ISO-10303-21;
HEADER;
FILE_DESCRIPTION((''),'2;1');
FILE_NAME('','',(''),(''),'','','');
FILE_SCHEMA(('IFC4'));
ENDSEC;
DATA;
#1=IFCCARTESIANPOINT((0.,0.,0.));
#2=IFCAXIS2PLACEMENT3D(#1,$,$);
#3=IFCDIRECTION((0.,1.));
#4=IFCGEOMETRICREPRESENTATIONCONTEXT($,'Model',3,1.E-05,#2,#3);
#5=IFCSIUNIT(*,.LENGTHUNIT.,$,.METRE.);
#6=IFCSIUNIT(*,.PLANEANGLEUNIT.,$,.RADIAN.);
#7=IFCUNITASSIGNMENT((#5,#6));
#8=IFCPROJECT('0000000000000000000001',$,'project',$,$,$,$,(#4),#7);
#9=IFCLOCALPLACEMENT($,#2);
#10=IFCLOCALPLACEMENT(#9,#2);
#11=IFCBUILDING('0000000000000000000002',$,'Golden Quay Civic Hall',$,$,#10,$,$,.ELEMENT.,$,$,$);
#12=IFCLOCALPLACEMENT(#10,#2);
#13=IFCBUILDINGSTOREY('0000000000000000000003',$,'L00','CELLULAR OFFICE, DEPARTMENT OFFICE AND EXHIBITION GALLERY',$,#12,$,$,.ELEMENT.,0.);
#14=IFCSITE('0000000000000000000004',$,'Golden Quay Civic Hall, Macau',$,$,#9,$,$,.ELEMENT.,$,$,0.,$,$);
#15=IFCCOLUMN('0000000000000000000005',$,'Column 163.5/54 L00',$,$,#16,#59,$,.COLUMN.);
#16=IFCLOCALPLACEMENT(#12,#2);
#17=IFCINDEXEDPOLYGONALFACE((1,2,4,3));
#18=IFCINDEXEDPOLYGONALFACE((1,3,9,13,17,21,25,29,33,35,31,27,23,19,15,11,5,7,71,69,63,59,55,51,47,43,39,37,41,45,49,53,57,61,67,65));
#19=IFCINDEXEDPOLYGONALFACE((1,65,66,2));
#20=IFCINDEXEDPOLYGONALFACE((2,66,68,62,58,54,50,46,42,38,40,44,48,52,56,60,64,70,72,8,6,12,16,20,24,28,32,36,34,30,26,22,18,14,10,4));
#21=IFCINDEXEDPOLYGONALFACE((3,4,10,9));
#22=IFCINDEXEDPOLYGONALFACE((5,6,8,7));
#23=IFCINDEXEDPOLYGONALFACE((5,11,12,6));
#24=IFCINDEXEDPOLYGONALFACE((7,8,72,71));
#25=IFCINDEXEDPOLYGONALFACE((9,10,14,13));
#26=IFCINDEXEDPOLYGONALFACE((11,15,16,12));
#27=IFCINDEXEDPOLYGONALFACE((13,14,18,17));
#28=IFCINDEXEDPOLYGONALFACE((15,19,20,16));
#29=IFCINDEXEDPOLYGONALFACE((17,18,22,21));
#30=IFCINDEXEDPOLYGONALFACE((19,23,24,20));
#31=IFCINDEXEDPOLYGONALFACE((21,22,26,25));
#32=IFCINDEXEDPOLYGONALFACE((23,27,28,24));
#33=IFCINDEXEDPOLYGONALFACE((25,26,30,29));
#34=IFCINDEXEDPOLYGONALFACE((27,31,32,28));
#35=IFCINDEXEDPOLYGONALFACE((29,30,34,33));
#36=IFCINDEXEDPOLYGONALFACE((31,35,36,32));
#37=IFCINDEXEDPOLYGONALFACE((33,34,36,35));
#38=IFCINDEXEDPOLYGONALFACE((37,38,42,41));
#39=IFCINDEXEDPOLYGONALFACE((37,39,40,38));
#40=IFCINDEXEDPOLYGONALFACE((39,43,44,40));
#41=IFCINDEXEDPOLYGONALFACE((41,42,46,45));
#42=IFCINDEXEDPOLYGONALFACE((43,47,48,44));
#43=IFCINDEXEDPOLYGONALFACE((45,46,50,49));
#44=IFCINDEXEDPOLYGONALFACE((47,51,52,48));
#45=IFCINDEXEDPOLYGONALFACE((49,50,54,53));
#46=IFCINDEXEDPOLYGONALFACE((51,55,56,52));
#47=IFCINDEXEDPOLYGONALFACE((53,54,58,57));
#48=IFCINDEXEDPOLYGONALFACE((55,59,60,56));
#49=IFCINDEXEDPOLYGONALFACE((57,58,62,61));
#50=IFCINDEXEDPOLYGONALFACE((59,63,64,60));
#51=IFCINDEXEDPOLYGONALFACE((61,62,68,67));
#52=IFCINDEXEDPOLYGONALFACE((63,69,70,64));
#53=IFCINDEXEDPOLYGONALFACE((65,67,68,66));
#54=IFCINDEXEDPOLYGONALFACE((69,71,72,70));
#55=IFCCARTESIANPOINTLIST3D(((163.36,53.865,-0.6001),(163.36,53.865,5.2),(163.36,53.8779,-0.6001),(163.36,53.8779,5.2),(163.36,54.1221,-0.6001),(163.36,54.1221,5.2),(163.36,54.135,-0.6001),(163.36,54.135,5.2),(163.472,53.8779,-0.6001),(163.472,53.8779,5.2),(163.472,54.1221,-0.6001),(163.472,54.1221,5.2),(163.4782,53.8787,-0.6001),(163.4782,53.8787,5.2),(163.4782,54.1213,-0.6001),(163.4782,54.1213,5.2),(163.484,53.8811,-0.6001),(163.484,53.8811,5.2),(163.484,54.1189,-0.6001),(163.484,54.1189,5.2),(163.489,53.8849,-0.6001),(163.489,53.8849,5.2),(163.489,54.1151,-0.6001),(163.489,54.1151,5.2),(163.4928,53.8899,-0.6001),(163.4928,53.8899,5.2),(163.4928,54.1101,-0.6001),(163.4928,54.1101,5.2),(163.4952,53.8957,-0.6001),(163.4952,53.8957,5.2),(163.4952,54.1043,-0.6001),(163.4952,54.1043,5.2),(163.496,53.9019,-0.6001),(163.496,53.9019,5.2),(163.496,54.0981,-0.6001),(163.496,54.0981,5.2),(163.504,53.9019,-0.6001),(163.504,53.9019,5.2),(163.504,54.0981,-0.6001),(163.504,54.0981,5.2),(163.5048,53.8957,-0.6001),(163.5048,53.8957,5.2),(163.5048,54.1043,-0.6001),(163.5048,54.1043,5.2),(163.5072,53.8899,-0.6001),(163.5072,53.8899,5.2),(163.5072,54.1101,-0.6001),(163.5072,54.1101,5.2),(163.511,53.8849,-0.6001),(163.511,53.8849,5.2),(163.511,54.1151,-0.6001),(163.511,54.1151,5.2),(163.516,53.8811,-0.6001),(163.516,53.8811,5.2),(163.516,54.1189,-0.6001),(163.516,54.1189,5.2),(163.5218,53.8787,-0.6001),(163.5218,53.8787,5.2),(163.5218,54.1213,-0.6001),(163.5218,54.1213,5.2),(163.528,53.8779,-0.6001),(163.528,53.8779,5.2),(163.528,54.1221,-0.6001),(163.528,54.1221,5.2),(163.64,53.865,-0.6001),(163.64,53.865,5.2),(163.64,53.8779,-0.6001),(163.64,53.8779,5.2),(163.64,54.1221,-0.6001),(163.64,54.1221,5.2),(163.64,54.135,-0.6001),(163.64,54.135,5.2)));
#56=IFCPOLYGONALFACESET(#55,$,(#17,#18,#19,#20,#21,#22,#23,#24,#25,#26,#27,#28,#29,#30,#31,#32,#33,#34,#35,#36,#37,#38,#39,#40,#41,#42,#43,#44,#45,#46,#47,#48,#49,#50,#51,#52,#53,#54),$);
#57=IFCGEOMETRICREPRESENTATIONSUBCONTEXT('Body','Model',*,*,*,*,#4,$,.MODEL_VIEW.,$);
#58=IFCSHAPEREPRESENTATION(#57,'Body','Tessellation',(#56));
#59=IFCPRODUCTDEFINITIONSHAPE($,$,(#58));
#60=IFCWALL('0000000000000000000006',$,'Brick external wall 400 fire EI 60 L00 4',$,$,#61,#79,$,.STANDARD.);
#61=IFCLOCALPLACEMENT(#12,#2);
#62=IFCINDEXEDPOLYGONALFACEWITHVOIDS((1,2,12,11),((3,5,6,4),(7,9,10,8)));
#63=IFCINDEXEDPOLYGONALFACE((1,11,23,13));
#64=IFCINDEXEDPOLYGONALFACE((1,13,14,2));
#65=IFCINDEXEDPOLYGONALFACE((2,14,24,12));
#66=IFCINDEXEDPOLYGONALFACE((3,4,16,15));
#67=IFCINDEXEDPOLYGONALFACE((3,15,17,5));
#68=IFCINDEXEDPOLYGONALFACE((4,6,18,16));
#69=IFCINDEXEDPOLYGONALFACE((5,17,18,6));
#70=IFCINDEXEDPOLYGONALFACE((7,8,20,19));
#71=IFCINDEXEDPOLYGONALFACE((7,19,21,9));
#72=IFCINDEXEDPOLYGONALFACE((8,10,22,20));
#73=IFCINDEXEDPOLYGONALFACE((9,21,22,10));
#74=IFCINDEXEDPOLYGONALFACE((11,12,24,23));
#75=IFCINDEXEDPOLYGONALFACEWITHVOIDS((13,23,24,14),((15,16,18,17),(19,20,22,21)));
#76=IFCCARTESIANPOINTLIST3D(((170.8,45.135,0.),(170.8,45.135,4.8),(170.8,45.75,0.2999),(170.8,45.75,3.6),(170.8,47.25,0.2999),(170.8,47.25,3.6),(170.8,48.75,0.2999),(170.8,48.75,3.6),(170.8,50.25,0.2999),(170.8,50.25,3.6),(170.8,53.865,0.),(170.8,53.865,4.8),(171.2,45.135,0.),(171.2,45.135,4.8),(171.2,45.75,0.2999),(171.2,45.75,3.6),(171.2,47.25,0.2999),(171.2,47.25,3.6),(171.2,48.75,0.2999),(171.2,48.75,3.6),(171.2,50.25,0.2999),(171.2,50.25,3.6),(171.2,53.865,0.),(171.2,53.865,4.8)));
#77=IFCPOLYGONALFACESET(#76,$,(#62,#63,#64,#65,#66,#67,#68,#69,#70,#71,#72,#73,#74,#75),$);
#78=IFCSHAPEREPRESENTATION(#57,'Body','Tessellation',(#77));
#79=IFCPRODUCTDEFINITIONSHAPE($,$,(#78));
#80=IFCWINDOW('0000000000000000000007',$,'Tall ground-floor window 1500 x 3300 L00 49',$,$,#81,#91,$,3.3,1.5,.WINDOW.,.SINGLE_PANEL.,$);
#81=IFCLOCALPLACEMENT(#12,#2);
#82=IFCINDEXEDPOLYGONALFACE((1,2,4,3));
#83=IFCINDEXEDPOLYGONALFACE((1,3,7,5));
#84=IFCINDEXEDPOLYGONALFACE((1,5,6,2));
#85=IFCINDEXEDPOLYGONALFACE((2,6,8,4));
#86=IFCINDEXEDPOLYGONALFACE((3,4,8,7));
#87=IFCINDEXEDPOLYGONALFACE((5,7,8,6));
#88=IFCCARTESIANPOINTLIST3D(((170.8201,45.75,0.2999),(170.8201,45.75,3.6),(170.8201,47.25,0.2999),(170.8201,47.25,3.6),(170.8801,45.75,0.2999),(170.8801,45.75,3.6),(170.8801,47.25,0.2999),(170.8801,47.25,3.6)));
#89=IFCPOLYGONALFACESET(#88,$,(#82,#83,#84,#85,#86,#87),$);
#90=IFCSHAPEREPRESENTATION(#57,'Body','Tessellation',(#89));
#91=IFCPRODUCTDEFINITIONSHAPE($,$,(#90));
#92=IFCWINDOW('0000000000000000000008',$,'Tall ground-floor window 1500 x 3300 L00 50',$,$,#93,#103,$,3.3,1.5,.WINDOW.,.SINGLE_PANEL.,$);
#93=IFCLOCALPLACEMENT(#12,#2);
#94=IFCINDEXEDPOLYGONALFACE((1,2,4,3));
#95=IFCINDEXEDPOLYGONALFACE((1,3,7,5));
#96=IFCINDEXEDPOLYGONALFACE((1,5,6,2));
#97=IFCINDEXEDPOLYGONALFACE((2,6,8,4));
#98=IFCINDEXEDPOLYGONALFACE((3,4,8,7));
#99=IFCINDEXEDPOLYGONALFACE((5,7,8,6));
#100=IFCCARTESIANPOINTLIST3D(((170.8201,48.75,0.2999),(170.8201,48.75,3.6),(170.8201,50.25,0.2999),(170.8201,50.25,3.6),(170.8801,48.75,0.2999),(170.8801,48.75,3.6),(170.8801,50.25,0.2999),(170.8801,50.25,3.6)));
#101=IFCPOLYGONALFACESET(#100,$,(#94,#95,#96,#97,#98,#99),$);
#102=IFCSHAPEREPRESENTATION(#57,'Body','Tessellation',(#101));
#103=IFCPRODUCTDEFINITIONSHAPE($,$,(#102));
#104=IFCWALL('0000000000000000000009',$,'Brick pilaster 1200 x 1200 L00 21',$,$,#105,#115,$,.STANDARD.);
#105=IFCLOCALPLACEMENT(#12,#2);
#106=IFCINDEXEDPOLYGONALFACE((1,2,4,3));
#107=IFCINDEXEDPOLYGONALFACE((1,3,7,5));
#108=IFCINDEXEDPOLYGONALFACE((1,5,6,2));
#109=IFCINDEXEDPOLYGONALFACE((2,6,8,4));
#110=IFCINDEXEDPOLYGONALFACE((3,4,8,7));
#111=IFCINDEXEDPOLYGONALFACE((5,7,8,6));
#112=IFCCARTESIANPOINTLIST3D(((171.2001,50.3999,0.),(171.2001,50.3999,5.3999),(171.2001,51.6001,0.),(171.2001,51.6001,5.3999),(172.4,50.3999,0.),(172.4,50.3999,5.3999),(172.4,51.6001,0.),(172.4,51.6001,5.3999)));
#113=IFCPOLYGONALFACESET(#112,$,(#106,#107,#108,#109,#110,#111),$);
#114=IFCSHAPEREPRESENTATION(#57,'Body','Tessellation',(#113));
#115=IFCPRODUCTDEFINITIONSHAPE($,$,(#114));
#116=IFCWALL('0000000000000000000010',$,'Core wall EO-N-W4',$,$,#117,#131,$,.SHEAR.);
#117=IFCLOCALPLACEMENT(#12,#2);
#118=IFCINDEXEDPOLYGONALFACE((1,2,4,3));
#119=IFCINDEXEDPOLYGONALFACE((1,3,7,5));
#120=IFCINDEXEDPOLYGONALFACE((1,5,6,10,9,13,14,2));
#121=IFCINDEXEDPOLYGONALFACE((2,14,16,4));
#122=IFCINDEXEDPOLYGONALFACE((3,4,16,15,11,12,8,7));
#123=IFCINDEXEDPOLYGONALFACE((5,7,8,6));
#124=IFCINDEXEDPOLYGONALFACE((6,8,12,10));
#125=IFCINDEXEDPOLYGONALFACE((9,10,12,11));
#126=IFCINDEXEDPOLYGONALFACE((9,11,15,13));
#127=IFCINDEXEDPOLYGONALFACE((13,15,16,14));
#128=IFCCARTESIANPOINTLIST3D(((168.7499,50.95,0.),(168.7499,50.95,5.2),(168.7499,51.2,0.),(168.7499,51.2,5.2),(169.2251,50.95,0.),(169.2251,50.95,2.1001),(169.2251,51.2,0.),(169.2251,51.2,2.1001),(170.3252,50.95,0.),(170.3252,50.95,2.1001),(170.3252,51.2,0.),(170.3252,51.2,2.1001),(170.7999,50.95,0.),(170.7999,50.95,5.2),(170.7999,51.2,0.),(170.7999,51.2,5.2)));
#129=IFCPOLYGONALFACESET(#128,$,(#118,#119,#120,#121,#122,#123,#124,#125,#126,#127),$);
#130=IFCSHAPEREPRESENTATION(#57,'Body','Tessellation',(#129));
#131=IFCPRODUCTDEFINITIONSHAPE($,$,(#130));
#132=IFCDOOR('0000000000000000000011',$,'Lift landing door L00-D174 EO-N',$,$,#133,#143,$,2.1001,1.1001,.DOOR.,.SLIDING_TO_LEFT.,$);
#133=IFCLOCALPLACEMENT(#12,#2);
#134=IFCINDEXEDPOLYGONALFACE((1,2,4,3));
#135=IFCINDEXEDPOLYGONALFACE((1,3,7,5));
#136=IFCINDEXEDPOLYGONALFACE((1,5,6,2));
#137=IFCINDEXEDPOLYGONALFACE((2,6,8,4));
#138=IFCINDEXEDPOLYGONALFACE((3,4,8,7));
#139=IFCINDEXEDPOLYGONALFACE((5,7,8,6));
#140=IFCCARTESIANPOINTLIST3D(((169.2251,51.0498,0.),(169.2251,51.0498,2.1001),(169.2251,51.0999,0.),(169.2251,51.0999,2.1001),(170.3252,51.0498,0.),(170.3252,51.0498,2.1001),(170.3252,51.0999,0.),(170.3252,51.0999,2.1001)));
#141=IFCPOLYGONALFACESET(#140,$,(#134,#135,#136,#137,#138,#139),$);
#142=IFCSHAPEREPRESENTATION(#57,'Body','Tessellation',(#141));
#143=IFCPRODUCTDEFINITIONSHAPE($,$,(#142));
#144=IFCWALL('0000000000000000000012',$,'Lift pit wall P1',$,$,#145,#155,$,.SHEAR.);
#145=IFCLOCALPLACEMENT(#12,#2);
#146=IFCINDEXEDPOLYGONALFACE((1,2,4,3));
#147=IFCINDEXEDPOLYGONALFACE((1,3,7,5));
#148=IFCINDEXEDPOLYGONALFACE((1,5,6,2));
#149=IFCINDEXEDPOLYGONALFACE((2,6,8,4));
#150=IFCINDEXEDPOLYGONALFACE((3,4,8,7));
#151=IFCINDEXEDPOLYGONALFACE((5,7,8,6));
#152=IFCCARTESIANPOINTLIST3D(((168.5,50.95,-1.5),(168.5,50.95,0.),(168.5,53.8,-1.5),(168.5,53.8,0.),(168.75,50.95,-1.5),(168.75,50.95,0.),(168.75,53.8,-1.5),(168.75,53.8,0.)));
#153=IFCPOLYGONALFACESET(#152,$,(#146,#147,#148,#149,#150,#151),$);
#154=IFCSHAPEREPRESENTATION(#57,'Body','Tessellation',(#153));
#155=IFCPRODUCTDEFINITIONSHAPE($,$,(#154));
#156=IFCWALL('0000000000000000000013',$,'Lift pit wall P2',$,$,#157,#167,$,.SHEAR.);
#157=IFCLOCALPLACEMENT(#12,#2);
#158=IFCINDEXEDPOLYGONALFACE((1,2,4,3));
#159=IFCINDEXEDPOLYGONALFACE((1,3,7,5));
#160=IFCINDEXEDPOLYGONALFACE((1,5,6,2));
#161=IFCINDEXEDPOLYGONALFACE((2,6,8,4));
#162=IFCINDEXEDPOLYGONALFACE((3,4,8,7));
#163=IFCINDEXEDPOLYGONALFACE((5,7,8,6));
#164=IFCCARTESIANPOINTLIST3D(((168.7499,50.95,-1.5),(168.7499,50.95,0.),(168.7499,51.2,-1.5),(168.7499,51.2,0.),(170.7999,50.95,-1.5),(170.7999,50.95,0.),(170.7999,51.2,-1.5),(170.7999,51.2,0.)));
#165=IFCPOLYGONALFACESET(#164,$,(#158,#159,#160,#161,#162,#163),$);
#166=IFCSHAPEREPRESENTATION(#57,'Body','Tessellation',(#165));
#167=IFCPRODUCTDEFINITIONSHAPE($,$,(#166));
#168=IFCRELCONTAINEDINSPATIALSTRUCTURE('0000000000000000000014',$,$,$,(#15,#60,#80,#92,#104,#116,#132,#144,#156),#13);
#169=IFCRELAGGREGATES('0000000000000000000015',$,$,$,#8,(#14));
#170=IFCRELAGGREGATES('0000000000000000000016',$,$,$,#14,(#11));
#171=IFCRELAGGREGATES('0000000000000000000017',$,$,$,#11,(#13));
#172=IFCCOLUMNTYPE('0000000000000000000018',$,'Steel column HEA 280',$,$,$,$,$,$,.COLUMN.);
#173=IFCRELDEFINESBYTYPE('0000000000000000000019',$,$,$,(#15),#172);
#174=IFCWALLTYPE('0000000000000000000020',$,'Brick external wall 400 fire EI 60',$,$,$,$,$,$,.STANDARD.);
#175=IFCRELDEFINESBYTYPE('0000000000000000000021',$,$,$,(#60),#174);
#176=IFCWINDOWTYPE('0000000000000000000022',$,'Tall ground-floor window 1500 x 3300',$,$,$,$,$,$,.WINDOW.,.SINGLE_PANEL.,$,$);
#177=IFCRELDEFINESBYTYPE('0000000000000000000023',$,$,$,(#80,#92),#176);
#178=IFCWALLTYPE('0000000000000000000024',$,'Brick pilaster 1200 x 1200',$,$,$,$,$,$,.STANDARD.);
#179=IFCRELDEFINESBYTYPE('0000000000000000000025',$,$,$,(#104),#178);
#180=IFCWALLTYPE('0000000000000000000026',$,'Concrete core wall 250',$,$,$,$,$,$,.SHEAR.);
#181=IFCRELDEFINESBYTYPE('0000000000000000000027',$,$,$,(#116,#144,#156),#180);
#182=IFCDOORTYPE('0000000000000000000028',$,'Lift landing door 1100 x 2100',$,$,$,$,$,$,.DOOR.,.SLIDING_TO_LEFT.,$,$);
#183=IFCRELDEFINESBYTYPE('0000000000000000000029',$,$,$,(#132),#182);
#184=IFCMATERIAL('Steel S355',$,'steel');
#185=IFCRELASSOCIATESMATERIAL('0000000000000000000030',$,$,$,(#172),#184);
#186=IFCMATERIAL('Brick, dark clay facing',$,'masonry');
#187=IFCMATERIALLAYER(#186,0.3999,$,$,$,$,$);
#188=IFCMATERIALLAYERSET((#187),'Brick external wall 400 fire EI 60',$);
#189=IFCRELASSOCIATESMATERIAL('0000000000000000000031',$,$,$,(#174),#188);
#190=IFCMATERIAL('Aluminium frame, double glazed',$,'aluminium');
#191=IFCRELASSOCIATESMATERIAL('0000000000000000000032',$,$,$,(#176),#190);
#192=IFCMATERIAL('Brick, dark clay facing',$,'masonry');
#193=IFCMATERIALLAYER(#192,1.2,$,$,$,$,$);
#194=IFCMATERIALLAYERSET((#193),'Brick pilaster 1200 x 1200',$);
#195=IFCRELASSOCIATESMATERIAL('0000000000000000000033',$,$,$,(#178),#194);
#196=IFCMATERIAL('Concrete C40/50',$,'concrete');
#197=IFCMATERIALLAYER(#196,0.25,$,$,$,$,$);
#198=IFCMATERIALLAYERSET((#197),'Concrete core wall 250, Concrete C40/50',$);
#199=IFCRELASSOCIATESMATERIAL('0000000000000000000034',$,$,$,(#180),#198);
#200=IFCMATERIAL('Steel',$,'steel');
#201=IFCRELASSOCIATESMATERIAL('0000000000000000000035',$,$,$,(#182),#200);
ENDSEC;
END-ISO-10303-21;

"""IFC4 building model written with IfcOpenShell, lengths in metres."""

from ifc_helpers import new_model, si_unit, direction, frame, frame_2d, origin, origin_2d, place, context, subcontext, project, spatial, rectangle, i_section, extrude, material, layer, layer_set, material_profile, profile_set, type_object, element, fill, save


model = new_model("IFC4")

# Units and contexts
model_context = context("Model", 3, precision=1e-05, world=origin(), true_north=direction((0.0, 1.0)))
body_context = subcontext(model_context, "Body", "Model", "MODEL_VIEW")
ifc_project = project(units=[si_unit("LENGTHUNIT", "METRE"), si_unit("PLANEANGLEUNIT", "RADIAN")], contexts=[model_context])

# Site, building, storey
site_placement = place(None, origin())
site = spatial("IfcSite", under=ifc_project, at=site_placement, Name="Golden Quay Civic Hall, Macau", CompositionType="ELEMENT", RefElevation=0.0)
building_placement = place(site_placement, origin())
building = spatial("IfcBuilding", under=site, at=building_placement, Name="Golden Quay Civic Hall", CompositionType="ELEMENT")
storey_placement = place(building_placement, origin())
storey = spatial("IfcBuildingStorey", under=building, at=storey_placement, Name="L00", Description="CELLULAR OFFICE, DEPARTMENT OFFICE AND EXHIBITION GALLERY", CompositionType="ELEMENT", Elevation=0.0)

# Column
ifc_material_1 = material(Name="Steel S355", Category="steel")
ifc_material_profile_1 = material_profile(ifc_material_1, i_section(OverallWidth=0.28, OverallDepth=0.27, WebThickness=0.0081, FlangeThickness=0.0129, FilletRadius=0.0239, at=origin_2d()), Name="HEA 280")
ifc_profile_set_1 = profile_set([ifc_material_profile_1], Name="Steel S355")
column_type = type_object("IfcColumnType", Name="Steel column HEA 280", PredefinedType="COLUMN", material=ifc_profile_set_1)
column_placement = place(storey_placement, frame((163.5, 54.0, -0.6001), z_axis=(0.0, 0.0, 1.0), x_axis=(1.0, 0.0, 0.0)))
element("IfcColumn", 1, at=column_placement, inside=storey, type_object=column_type, Name="Column 163.5/54 L00", PredefinedType="COLUMN", context=body_context, shape_type="SweptSolid", body=[
    extrude(i_section(OverallWidth=0.28, OverallDepth=0.27, WebThickness=0.0081, FlangeThickness=0.0129, FilletRadius=0.0239, at=origin_2d()), origin(), (0.0, 0.0, 1.0), 5.8),
])

# Wall, openings, windows
ifc_material_2 = material(Name="Brick, dark clay facing", Category="masonry")
ifc_layer_1 = layer(ifc_material_2, 0.3999)
ifc_layer_set_1 = layer_set([ifc_layer_1], Name="Brick external wall 400 fire EI 60")
wall_type_1 = type_object("IfcWallType", Name="Brick external wall 400 fire EI 60", PredefinedType="STANDARD", material=ifc_layer_set_1)
wall_1_placement = place(storey_placement, frame((171.0, 53.865, 0.0), z_axis=(0.0, 0.0, 1.0), x_axis=(0.0, -1.0, 0.0)))
wall_1 = element("IfcWall", 2, at=wall_1_placement, inside=storey, type_object=wall_type_1, Name="Brick external wall 400 fire EI 60 L00 4", PredefinedType="STANDARD", context=body_context, shape_type="SweptSolid", body=[
    extrude(rectangle(XDim=8.73, YDim=0.3999, at=frame_2d((4.365, 0.0))), origin(), (0.0, 0.0, 1.0), 4.8),
])
opening_1_placement = place(wall_1_placement, frame((6.615, 0.0, 0.3)))
opening_1 = element("IfcOpeningElement", 3, at=opening_1_placement, cuts=wall_1, PredefinedType="OPENING", context=body_context, shape_type="SweptSolid", body=[
    extrude(rectangle(XDim=1.5, YDim=3.3, at=frame_2d((0.75, 1.6499))), frame((0.0, 0.21, 0.0), z_axis=(0.0, -1.0, 0.0), x_axis=(1.0, 0.0, 0.0)), (0.0, 0.0, 1.0), 0.4199),
])
opening_2_placement = place(wall_1_placement, frame((3.615, 0.0, 0.3)))
opening_2 = element("IfcOpeningElement", 4, at=opening_2_placement, cuts=wall_1, PredefinedType="OPENING", context=body_context, shape_type="SweptSolid", body=[
    extrude(rectangle(XDim=1.5, YDim=3.3, at=frame_2d((0.75, 1.6499))), frame((0.0, 0.21, 0.0), z_axis=(0.0, -1.0, 0.0), x_axis=(1.0, 0.0, 0.0)), (0.0, 0.0, 1.0), 0.4199),
])
ifc_material_3 = material(Name="Aluminium frame, double glazed", Category="aluminium")
window_type = type_object("IfcWindowType", Name="Tall ground-floor window 1500 x 3300", PartitioningType="SINGLE_PANEL", PredefinedType="WINDOW", material=ifc_material_3)
window_1_placement = place(opening_1_placement, origin())
window_1 = element("IfcWindow", 5, at=window_1_placement, inside=storey, type_object=window_type, Name="Tall ground-floor window 1500 x 3300 L00 49", OverallHeight=3.3, OverallWidth=1.5, PartitioningType="SINGLE_PANEL", PredefinedType="WINDOW", context=body_context, shape_type="SweptSolid", body=[
    extrude(rectangle(XDim=1.5, YDim=3.3, at=frame_2d((0.75, 1.6499))), frame((0.0, -0.1199, 0.0), z_axis=(0.0, -1.0, 0.0), x_axis=(1.0, 0.0, 0.0)), (0.0, 0.0, 1.0), 0.0601),
])
fill(opening_1, window_1)
window_2_placement = place(opening_2_placement, origin())
window_2 = element("IfcWindow", 6, at=window_2_placement, inside=storey, type_object=window_type, Name="Tall ground-floor window 1500 x 3300 L00 50", OverallHeight=3.3, OverallWidth=1.5, PartitioningType="SINGLE_PANEL", PredefinedType="WINDOW", context=body_context, shape_type="SweptSolid", body=[
    extrude(rectangle(XDim=1.5, YDim=3.3, at=frame_2d((0.75, 1.6499))), frame((0.0, -0.1199, 0.0), z_axis=(0.0, -1.0, 0.0), x_axis=(1.0, 0.0, 0.0)), (0.0, 0.0, 1.0), 0.0601),
])
fill(opening_2, window_2)

# Wall
ifc_material_4 = material(Name="Brick, dark clay facing", Category="masonry")
ifc_layer_2 = layer(ifc_material_4, 1.2)
ifc_layer_set_2 = layer_set([ifc_layer_2], Name="Brick pilaster 1200 x 1200")
wall_type_2 = type_object("IfcWallType", Name="Brick pilaster 1200 x 1200", PredefinedType="STANDARD", material=ifc_layer_set_2)
wall_2_placement = place(storey_placement, frame((171.8, 50.3999, 0.0), z_axis=(0.0, 0.0, 1.0), x_axis=(0.0, 1.0, 0.0)))
element("IfcWall", 7, at=wall_2_placement, inside=storey, type_object=wall_type_2, Name="Brick pilaster 1200 x 1200 L00 21", PredefinedType="STANDARD", context=body_context, shape_type="SweptSolid", body=[
    extrude(rectangle(XDim=1.2002, YDim=1.2, at=frame_2d((0.6001, 0.0))), origin(), (0.0, 0.0, 1.0), 5.3999),
])

# Wall, opening, door
ifc_material_5 = material(Name="Concrete C40/50", Category="concrete")
ifc_layer_3 = layer(ifc_material_5, 0.25)
ifc_layer_set_3 = layer_set([ifc_layer_3], Name="Concrete core wall 250, Concrete C40/50")
wall_type_3 = type_object("IfcWallType", Name="Concrete core wall 250", PredefinedType="SHEAR", material=ifc_layer_set_3)
wall_3_placement = place(storey_placement, frame((168.75, 51.075, 0.0), z_axis=(0.0, 0.0, 1.0), x_axis=(1.0, 0.0, 0.0)))
wall_3 = element("IfcWall", 8, at=wall_3_placement, inside=storey, type_object=wall_type_3, Name="Core wall EO-N-W4", PredefinedType="SHEAR", context=body_context, shape_type="SweptSolid", body=[
    extrude(rectangle(XDim=2.05, YDim=0.25, at=frame_2d((1.0249, 0.0))), origin(), (0.0, 0.0, 1.0), 5.2),
])
opening_3_placement = place(wall_3_placement, frame((0.4751, 0.0, 0.0)))
opening_3 = element("IfcOpeningElement", 9, at=opening_3_placement, cuts=wall_3, PredefinedType="OPENING", context=body_context, shape_type="SweptSolid", body=[
    extrude(rectangle(XDim=1.1001, YDim=2.1001, at=frame_2d((0.55, 1.05))), frame((0.0, 0.135, 0.0), z_axis=(0.0, -1.0, 0.0), x_axis=(1.0, 0.0, 0.0)), (0.0, 0.0, 1.0), 0.27),
])
ifc_material_6 = material(Name="Steel", Category="steel")
door_type = type_object("IfcDoorType", Name="Lift landing door 1100 x 2100", OperationType="SLIDING_TO_LEFT", PredefinedType="DOOR", material=ifc_material_6)
door_placement = place(opening_3_placement, origin())
door = element("IfcDoor", 10, at=door_placement, inside=storey, type_object=door_type, Name="Lift landing door L00-D174 EO-N", OperationType="SLIDING_TO_LEFT", OverallHeight=2.1001, OverallWidth=1.1001, PredefinedType="DOOR", context=body_context, shape_type="SweptSolid", body=[
    extrude(rectangle(XDim=1.1001, YDim=2.1001, at=frame_2d((0.55, 1.05))), frame((0.0, 0.0249, 0.0), z_axis=(0.0, -1.0, 0.0), x_axis=(1.0, 0.0, 0.0)), (0.0, 0.0, 1.0), 0.05),
])
fill(opening_3, door)

# Walls
wall_4_placement = place(storey_placement, frame((168.625, 50.95, -1.5), z_axis=(0.0, 0.0, 1.0), x_axis=(0.0, 1.0, 0.0)))
element("IfcWall", 11, at=wall_4_placement, inside=storey, type_object=wall_type_3, Name="Lift pit wall P1", PredefinedType="SHEAR", context=body_context, shape_type="SweptSolid", body=[
    extrude(rectangle(XDim=2.8501, YDim=0.25, at=frame_2d((1.425, 0.0))), origin(), (0.0, 0.0, 1.0), 1.5),
])
wall_5_placement = place(storey_placement, frame((168.75, 51.075, -1.5), z_axis=(0.0, 0.0, 1.0), x_axis=(1.0, 0.0, 0.0)))
element("IfcWall", 12, at=wall_5_placement, inside=storey, type_object=wall_type_3, Name="Lift pit wall P2", PredefinedType="SHEAR", context=body_context, shape_type="SweptSolid", body=[
    extrude(rectangle(XDim=2.05, YDim=0.25, at=frame_2d((1.0249, 0.0))), origin(), (0.0, 0.0, 1.0), 1.5),
])

save(model, "model.ifc")
